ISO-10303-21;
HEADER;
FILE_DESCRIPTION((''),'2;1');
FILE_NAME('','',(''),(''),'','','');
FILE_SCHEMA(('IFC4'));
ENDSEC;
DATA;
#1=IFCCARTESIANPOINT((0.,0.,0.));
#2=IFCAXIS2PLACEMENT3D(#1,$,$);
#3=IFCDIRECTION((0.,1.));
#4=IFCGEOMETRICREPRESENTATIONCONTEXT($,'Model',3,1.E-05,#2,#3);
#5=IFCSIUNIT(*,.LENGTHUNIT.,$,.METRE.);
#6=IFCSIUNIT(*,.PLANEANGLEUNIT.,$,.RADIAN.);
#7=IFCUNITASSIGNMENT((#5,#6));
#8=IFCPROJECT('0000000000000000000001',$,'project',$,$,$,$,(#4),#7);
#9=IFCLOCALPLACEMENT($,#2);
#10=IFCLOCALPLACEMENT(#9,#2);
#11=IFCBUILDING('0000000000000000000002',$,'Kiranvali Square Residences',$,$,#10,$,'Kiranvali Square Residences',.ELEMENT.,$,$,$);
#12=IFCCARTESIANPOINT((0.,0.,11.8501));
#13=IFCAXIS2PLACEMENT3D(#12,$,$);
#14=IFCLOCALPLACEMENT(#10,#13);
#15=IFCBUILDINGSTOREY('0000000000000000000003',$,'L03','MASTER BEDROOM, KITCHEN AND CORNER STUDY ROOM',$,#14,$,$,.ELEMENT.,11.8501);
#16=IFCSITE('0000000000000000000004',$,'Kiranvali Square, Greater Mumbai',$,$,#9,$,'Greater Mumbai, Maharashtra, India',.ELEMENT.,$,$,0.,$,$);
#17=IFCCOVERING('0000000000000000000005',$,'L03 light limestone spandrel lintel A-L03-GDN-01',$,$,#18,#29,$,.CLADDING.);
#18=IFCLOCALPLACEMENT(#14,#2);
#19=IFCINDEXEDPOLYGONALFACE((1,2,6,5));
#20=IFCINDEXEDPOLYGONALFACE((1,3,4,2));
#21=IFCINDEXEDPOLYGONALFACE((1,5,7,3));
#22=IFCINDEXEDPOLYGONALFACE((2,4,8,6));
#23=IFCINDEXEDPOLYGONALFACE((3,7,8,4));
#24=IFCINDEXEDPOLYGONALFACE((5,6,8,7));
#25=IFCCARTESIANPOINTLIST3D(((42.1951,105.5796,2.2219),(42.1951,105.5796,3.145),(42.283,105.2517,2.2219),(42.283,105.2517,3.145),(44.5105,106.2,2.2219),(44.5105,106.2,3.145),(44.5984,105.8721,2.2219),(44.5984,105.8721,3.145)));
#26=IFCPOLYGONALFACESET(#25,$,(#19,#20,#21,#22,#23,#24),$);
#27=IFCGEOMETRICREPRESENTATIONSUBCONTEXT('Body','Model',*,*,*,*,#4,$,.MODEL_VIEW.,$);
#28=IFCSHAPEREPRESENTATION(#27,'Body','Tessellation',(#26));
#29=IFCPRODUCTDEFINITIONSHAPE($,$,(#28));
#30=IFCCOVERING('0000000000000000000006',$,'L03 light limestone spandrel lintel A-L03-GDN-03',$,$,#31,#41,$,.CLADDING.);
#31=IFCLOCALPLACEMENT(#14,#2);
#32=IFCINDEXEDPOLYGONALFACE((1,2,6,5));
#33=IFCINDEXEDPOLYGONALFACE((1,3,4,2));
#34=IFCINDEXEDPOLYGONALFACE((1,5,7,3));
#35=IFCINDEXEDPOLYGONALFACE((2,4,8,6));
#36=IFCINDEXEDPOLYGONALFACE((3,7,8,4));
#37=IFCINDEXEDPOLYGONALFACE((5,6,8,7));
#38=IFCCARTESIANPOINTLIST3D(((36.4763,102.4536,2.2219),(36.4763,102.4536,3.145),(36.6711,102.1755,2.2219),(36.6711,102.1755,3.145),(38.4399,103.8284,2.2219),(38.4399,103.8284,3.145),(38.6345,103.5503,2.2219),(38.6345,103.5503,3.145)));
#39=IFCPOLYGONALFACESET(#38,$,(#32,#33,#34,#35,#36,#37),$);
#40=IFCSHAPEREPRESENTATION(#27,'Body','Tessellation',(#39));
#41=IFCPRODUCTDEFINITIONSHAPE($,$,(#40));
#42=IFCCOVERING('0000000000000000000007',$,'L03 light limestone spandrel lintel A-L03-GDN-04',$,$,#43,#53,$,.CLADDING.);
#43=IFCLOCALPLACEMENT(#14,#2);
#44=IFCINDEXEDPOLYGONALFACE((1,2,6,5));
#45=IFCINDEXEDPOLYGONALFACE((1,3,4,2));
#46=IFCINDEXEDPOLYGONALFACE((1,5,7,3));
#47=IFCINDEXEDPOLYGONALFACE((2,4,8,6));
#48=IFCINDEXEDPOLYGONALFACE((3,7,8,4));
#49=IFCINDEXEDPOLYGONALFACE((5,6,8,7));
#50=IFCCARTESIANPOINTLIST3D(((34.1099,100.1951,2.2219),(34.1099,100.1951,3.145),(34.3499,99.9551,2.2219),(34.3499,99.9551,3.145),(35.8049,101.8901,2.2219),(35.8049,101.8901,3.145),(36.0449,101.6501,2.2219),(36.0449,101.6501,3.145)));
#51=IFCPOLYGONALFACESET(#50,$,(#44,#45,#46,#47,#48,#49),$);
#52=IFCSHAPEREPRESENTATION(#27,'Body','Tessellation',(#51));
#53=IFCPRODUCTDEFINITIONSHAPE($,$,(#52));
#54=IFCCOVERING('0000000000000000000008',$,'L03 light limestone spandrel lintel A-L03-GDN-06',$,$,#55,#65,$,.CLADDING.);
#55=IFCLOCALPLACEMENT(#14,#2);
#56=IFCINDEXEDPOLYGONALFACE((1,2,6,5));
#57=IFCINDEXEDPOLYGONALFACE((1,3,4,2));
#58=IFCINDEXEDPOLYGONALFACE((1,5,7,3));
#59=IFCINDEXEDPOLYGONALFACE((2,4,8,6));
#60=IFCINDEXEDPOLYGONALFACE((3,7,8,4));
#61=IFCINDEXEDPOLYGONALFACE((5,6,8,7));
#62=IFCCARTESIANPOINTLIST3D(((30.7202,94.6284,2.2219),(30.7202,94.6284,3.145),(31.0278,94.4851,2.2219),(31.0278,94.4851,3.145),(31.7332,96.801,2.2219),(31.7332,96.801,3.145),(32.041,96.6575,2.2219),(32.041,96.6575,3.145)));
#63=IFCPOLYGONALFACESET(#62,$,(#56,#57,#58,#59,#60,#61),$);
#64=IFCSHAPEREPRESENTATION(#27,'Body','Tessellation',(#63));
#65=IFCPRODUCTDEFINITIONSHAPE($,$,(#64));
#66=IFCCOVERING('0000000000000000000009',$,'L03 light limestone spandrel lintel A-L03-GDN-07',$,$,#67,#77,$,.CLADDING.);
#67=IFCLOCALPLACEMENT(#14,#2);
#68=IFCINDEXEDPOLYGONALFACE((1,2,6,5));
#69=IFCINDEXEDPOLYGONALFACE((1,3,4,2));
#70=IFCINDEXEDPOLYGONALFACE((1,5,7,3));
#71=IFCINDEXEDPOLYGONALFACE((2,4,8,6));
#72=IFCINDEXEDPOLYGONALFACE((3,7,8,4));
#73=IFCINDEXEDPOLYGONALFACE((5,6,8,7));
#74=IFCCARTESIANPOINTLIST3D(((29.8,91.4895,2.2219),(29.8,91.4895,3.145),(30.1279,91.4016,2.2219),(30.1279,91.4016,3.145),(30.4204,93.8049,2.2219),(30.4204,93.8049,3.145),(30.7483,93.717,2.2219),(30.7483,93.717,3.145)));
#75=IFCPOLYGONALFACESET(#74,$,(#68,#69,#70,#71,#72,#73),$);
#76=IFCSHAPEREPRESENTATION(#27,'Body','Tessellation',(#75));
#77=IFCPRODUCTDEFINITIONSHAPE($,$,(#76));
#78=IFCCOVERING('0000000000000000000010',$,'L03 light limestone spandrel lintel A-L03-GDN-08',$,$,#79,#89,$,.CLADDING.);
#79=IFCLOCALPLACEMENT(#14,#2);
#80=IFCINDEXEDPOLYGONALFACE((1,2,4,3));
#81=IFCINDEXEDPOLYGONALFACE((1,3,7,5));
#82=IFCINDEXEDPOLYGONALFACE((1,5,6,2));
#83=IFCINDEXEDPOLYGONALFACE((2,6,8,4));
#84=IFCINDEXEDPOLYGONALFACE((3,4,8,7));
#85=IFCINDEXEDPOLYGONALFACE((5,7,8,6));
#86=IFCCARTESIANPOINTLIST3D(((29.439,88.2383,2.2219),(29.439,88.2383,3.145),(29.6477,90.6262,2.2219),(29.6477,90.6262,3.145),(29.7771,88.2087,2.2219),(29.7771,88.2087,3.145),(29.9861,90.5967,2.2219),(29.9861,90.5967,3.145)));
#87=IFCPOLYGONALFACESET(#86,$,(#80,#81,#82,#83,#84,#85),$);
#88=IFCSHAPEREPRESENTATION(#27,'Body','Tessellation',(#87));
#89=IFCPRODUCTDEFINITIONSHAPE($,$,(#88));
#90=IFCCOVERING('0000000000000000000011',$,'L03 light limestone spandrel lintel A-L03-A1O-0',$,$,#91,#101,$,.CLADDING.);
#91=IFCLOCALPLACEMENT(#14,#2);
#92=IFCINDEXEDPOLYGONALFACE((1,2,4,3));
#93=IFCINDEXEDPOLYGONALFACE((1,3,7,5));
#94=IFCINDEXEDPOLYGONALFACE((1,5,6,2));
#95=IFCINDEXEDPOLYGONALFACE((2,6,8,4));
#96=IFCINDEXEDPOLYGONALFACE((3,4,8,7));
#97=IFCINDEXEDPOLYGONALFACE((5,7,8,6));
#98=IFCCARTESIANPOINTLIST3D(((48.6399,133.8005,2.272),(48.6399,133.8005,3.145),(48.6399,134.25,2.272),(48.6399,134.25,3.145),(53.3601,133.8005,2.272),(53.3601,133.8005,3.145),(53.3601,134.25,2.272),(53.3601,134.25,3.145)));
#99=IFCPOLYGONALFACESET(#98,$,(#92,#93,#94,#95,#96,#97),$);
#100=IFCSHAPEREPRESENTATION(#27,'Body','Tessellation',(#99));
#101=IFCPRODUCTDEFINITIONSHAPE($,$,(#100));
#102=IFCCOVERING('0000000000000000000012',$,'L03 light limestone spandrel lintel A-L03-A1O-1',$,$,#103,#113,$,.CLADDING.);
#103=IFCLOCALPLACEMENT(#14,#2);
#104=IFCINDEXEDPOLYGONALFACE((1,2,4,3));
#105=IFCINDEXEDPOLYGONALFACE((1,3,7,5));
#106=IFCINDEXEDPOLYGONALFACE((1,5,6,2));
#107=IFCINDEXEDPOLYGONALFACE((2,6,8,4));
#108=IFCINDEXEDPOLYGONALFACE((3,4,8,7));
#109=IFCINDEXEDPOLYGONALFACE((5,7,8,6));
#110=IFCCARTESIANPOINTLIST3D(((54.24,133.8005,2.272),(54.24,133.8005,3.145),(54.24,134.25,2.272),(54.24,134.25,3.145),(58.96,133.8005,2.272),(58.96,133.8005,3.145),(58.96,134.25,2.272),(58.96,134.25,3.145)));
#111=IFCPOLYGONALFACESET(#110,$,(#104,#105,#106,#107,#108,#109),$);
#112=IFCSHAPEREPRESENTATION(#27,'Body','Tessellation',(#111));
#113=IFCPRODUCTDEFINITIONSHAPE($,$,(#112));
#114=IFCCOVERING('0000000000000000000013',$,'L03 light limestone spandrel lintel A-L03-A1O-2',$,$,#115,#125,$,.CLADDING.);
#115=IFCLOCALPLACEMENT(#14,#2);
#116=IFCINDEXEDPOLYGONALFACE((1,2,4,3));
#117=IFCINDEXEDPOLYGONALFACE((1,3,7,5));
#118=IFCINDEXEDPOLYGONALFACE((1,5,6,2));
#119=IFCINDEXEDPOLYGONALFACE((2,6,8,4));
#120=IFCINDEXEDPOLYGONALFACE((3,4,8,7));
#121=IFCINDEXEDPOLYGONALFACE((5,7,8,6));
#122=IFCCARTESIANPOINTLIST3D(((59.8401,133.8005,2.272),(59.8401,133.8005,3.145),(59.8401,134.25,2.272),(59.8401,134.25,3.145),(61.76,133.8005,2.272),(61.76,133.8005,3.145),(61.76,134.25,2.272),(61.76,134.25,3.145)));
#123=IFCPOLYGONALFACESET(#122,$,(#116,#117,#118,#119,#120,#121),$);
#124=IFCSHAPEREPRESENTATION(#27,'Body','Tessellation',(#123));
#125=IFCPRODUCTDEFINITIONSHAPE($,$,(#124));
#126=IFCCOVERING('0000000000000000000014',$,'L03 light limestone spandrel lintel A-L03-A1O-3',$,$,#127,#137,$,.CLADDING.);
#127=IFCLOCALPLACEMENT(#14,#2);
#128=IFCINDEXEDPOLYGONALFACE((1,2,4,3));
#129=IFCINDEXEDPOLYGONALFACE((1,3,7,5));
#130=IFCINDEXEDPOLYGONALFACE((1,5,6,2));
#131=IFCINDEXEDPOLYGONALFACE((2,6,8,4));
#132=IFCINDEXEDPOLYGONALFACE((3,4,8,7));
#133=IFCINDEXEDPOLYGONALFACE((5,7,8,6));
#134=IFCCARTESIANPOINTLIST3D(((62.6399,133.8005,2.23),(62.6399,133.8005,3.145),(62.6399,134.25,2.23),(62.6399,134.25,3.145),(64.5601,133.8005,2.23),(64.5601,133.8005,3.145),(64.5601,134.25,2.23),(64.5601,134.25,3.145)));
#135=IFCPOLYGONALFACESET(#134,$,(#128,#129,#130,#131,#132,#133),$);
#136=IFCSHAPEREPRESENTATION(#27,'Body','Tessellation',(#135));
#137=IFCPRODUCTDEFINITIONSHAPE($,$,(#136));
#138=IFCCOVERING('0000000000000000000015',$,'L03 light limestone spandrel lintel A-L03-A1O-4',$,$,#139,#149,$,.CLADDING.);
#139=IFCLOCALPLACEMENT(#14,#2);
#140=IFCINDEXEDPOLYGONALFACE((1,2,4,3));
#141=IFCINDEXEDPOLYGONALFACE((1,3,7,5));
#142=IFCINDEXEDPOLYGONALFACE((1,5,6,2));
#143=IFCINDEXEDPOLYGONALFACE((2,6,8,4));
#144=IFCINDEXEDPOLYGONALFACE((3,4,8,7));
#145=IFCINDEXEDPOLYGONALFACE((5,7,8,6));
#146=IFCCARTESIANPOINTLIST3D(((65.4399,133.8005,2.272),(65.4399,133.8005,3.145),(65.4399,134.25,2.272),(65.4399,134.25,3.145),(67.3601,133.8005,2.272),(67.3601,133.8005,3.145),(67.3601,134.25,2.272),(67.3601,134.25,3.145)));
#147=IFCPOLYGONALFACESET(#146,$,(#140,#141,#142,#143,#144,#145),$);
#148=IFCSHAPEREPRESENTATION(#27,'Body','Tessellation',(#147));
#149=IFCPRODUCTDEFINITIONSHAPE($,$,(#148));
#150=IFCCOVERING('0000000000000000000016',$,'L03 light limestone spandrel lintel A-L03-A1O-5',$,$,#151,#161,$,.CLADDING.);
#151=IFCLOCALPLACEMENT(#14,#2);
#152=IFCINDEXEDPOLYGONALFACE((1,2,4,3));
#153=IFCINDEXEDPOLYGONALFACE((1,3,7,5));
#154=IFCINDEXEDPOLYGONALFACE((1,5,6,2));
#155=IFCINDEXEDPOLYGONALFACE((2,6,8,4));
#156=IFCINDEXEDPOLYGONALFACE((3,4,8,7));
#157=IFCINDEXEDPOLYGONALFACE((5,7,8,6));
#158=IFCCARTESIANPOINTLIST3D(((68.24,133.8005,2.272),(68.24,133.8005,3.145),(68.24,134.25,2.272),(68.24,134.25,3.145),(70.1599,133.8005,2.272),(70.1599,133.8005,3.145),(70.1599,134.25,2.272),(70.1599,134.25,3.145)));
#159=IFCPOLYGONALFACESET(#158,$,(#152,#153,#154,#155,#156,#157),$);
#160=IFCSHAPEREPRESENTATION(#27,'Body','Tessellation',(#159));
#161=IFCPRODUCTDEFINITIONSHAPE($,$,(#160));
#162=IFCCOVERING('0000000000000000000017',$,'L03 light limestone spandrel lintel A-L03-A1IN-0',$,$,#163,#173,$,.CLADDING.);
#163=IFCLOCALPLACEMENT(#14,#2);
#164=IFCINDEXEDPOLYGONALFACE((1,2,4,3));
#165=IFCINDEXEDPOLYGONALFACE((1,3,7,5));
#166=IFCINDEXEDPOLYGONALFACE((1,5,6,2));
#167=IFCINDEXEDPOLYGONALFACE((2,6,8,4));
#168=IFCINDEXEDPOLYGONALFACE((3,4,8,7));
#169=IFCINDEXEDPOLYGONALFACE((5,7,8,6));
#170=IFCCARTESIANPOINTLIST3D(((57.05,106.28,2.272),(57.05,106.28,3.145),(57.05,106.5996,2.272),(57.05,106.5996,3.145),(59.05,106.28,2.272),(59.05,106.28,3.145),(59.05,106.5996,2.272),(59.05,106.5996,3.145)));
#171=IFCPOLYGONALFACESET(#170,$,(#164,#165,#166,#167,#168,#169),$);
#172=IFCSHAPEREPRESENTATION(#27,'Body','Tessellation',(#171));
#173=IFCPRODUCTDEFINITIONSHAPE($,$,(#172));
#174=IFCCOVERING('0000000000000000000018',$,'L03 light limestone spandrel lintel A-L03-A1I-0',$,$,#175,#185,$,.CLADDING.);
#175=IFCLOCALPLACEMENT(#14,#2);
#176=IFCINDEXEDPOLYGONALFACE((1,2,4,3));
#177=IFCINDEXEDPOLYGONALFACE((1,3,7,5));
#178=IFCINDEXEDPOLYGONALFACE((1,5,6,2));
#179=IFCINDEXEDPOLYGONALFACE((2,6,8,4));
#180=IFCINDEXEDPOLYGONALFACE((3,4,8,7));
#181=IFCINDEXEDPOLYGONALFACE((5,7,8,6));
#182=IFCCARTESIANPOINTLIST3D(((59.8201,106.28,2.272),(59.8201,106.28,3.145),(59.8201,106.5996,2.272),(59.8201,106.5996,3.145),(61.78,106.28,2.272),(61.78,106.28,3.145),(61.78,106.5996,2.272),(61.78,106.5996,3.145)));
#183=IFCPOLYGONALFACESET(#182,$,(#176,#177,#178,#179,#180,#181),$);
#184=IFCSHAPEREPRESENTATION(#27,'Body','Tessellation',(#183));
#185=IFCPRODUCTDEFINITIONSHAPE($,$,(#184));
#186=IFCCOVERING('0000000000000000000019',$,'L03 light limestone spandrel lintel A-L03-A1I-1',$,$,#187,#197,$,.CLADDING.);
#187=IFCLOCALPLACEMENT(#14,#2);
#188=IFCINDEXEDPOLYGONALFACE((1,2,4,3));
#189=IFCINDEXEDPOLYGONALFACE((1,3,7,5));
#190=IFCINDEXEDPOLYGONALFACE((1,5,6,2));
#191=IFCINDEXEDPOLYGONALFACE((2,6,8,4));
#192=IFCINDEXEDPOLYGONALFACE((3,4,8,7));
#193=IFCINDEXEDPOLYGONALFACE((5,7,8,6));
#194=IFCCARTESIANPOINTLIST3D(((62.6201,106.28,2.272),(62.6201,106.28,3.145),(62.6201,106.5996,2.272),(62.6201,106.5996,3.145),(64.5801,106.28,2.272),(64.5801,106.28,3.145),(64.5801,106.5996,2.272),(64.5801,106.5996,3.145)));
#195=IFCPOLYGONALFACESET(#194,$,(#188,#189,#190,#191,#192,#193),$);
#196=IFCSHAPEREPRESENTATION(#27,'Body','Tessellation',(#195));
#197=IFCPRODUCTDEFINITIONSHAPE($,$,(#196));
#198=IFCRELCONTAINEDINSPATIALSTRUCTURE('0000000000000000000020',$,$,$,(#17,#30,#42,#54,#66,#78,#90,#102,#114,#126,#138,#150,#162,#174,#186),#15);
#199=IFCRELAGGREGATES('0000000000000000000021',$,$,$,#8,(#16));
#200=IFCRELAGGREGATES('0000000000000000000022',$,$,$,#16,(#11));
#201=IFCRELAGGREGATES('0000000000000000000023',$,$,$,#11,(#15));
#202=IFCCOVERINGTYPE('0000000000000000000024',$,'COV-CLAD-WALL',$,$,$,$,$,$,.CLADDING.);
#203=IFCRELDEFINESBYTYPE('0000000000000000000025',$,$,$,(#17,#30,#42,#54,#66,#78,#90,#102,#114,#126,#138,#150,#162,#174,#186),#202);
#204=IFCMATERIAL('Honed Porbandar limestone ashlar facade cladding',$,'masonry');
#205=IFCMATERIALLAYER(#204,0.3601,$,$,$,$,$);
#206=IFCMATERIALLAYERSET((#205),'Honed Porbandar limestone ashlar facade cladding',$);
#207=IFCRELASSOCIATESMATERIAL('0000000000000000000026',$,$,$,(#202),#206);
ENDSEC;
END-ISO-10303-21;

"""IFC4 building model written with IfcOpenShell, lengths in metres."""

from ifc_helpers import new_model, si_unit, direction, frame, origin, place, context, subcontext, project, spatial, polyline, outline, extrude, material, layer, layer_set, type_object, element, save


model = new_model("IFC4")

# Units and contexts
model_context = context("Model", 3, precision=1e-05, world=origin(), true_north=direction((0.0, 1.0)))
body_context = subcontext(model_context, "Body", "Model", "MODEL_VIEW")
ifc_project = project(units=[si_unit("LENGTHUNIT", "METRE"), si_unit("PLANEANGLEUNIT", "RADIAN")], contexts=[model_context])

# Site, building, storey
site_placement = place(None, origin())
site = spatial("IfcSite", under=ifc_project, at=site_placement, Name="Kiranvali Square, Greater Mumbai", LongName="Greater Mumbai, Maharashtra, India", CompositionType="ELEMENT", RefElevation=0.0)
building_placement = place(site_placement, origin())
building = spatial("IfcBuilding", under=site, at=building_placement, Name="Kiranvali Square Residences", LongName="Kiranvali Square Residences", CompositionType="ELEMENT")
storey_placement = place(building_placement, frame((0.0, 0.0, 11.8501)))
storey = spatial("IfcBuildingStorey", under=building, at=storey_placement, Name="L03", Description="MASTER BEDROOM, KITCHEN AND CORNER STUDY ROOM", CompositionType="ELEMENT", Elevation=11.8501)

# Coverings
ifc_material = material(Name="Honed Porbandar limestone ashlar facade cladding", Category="masonry")
ifc_layer = layer(ifc_material, 0.3601)
ifc_layer_set = layer_set([ifc_layer], Name="Honed Porbandar limestone ashlar facade cladding")
covering_type = type_object("IfcCoveringType", Name="COV-CLAD-WALL", PredefinedType="CLADDING", material=ifc_layer_set)
covering_1_placement = place(storey_placement, frame((0.0, 0.0, 2.2219)))
element("IfcCovering", 1, at=covering_1_placement, inside=storey, type_object=covering_type, Name="L03 light limestone spandrel lintel A-L03-GDN-01", PredefinedType="CLADDING", context=body_context, shape_type="SweptSolid", body=[
    extrude(outline(polyline([(44.5105, 106.2), (42.1951, 105.5796), (42.283, 105.2517), (44.5984, 105.8721), (44.5105, 106.2)])), origin(), (0.0, 0.0, 1.0), 0.9231),
])
covering_2_placement = place(storey_placement, frame((0.0, 0.0, 2.2219)))
element("IfcCovering", 2, at=covering_2_placement, inside=storey, type_object=covering_type, Name="L03 light limestone spandrel lintel A-L03-GDN-03", PredefinedType="CLADDING", context=body_context, shape_type="SweptSolid", body=[
    extrude(outline(polyline([(38.4399, 103.8284), (36.4763, 102.4536), (36.6711, 102.1755), (38.6345, 103.5503), (38.4399, 103.8284)])), origin(), (0.0, 0.0, 1.0), 0.9231),
])
covering_3_placement = place(storey_placement, frame((0.0, 0.0, 2.2219)))
element("IfcCovering", 3, at=covering_3_placement, inside=storey, type_object=covering_type, Name="L03 light limestone spandrel lintel A-L03-GDN-04", PredefinedType="CLADDING", context=body_context, shape_type="SweptSolid", body=[
    extrude(outline(polyline([(35.8049, 101.8901), (34.1099, 100.1951), (34.3499, 99.9551), (36.0449, 101.6501), (35.8049, 101.8901)])), origin(), (0.0, 0.0, 1.0), 0.9231),
])
covering_4_placement = place(storey_placement, frame((0.0, 0.0, 2.2219)))
element("IfcCovering", 4, at=covering_4_placement, inside=storey, type_object=covering_type, Name="L03 light limestone spandrel lintel A-L03-GDN-06", PredefinedType="CLADDING", context=body_context, shape_type="SweptSolid", body=[
    extrude(outline(polyline([(31.7332, 96.801), (30.7202, 94.6284), (31.0278, 94.4851), (32.041, 96.6575), (31.7332, 96.801)])), origin(), (0.0, 0.0, 1.0), 0.9231),
])
covering_5_placement = place(storey_placement, frame((0.0, 0.0, 2.2219)))
element("IfcCovering", 5, at=covering_5_placement, inside=storey, type_object=covering_type, Name="L03 light limestone spandrel lintel A-L03-GDN-07", PredefinedType="CLADDING", context=body_context, shape_type="SweptSolid", body=[
    extrude(outline(polyline([(30.4204, 93.8049), (29.8, 91.4895), (30.1279, 91.4016), (30.7483, 93.717), (30.4204, 93.8049)])), origin(), (0.0, 0.0, 1.0), 0.9231),
])
covering_6_placement = place(storey_placement, frame((0.0, 0.0, 2.2219)))
element("IfcCovering", 6, at=covering_6_placement, inside=storey, type_object=covering_type, Name="L03 light limestone spandrel lintel A-L03-GDN-08", PredefinedType="CLADDING", context=body_context, shape_type="SweptSolid", body=[
    extrude(outline(polyline([(29.6477, 90.6262), (29.439, 88.2383), (29.7771, 88.2087), (29.9861, 90.5967), (29.6477, 90.6262)])), origin(), (0.0, 0.0, 1.0), 0.9231),
])
covering_7_placement = place(storey_placement, frame((0.0, 0.0, 2.272)))
element("IfcCovering", 7, at=covering_7_placement, inside=storey, type_object=covering_type, Name="L03 light limestone spandrel lintel A-L03-A1O-0", PredefinedType="CLADDING", context=body_context, shape_type="SweptSolid", body=[
    extrude(outline(polyline([(48.6399, 133.8005), (53.3601, 133.8005), (53.3601, 134.25), (48.6399, 134.25), (48.6399, 133.8005)])), origin(), (0.0, 0.0, 1.0), 0.873),
])
covering_8_placement = place(storey_placement, frame((0.0, 0.0, 2.272)))
element("IfcCovering", 8, at=covering_8_placement, inside=storey, type_object=covering_type, Name="L03 light limestone spandrel lintel A-L03-A1O-1", PredefinedType="CLADDING", context=body_context, shape_type="SweptSolid", body=[
    extrude(outline(polyline([(54.24, 133.8005), (58.96, 133.8005), (58.96, 134.25), (54.24, 134.25), (54.24, 133.8005)])), origin(), (0.0, 0.0, 1.0), 0.873),
])
covering_9_placement = place(storey_placement, frame((0.0, 0.0, 2.272)))
element("IfcCovering", 9, at=covering_9_placement, inside=storey, type_object=covering_type, Name="L03 light limestone spandrel lintel A-L03-A1O-2", PredefinedType="CLADDING", context=body_context, shape_type="SweptSolid", body=[
    extrude(outline(polyline([(59.8401, 133.8005), (61.76, 133.8005), (61.76, 134.25), (59.8401, 134.25), (59.8401, 133.8005)])), origin(), (0.0, 0.0, 1.0), 0.873),
])
covering_10_placement = place(storey_placement, frame((0.0, 0.0, 2.23)))
element("IfcCovering", 10, at=covering_10_placement, inside=storey, type_object=covering_type, Name="L03 light limestone spandrel lintel A-L03-A1O-3", PredefinedType="CLADDING", context=body_context, shape_type="SweptSolid", body=[
    extrude(outline(polyline([(62.6399, 133.8005), (64.5601, 133.8005), (64.5601, 134.25), (62.6399, 134.25), (62.6399, 133.8005)])), origin(), (0.0, 0.0, 1.0), 0.915),
])
covering_11_placement = place(storey_placement, frame((0.0, 0.0, 2.272)))
element("IfcCovering", 11, at=covering_11_placement, inside=storey, type_object=covering_type, Name="L03 light limestone spandrel lintel A-L03-A1O-4", PredefinedType="CLADDING", context=body_context, shape_type="SweptSolid", body=[
    extrude(outline(polyline([(65.4399, 133.8005), (67.3601, 133.8005), (67.3601, 134.25), (65.4399, 134.25), (65.4399, 133.8005)])), origin(), (0.0, 0.0, 1.0), 0.873),
])
covering_12_placement = place(storey_placement, frame((0.0, 0.0, 2.272)))
element("IfcCovering", 12, at=covering_12_placement, inside=storey, type_object=covering_type, Name="L03 light limestone spandrel lintel A-L03-A1O-5", PredefinedType="CLADDING", context=body_context, shape_type="SweptSolid", body=[
    extrude(outline(polyline([(68.24, 133.8005), (70.1599, 133.8005), (70.1599, 134.25), (68.24, 134.25), (68.24, 133.8005)])), origin(), (0.0, 0.0, 1.0), 0.873),
])
covering_13_placement = place(storey_placement, frame((0.0, 0.0, 2.272)))
element("IfcCovering", 13, at=covering_13_placement, inside=storey, type_object=covering_type, Name="L03 light limestone spandrel lintel A-L03-A1IN-0", PredefinedType="CLADDING", context=body_context, shape_type="SweptSolid", body=[
    extrude(outline(polyline([(57.05, 106.28), (59.05, 106.28), (59.05, 106.5996), (57.05, 106.5996), (57.05, 106.28)])), origin(), (0.0, 0.0, 1.0), 0.873),
])
covering_14_placement = place(storey_placement, frame((0.0, 0.0, 2.272)))
element("IfcCovering", 14, at=covering_14_placement, inside=storey, type_object=covering_type, Name="L03 light limestone spandrel lintel A-L03-A1I-0", PredefinedType="CLADDING", context=body_context, shape_type="SweptSolid", body=[
    extrude(outline(polyline([(59.8201, 106.28), (61.78, 106.28), (61.78, 106.5996), (59.8201, 106.5996), (59.8201, 106.28)])), origin(), (0.0, 0.0, 1.0), 0.873),
])
covering_15_placement = place(storey_placement, frame((0.0, 0.0, 2.272)))
element("IfcCovering", 15, at=covering_15_placement, inside=storey, type_object=covering_type, Name="L03 light limestone spandrel lintel A-L03-A1I-1", PredefinedType="CLADDING", context=body_context, shape_type="SweptSolid", body=[
    extrude(outline(polyline([(62.6201, 106.28), (64.5801, 106.28), (64.5801, 106.5996), (62.6201, 106.5996), (62.6201, 106.28)])), origin(), (0.0, 0.0, 1.0), 0.873),
])

save(model, "model.ifc")
